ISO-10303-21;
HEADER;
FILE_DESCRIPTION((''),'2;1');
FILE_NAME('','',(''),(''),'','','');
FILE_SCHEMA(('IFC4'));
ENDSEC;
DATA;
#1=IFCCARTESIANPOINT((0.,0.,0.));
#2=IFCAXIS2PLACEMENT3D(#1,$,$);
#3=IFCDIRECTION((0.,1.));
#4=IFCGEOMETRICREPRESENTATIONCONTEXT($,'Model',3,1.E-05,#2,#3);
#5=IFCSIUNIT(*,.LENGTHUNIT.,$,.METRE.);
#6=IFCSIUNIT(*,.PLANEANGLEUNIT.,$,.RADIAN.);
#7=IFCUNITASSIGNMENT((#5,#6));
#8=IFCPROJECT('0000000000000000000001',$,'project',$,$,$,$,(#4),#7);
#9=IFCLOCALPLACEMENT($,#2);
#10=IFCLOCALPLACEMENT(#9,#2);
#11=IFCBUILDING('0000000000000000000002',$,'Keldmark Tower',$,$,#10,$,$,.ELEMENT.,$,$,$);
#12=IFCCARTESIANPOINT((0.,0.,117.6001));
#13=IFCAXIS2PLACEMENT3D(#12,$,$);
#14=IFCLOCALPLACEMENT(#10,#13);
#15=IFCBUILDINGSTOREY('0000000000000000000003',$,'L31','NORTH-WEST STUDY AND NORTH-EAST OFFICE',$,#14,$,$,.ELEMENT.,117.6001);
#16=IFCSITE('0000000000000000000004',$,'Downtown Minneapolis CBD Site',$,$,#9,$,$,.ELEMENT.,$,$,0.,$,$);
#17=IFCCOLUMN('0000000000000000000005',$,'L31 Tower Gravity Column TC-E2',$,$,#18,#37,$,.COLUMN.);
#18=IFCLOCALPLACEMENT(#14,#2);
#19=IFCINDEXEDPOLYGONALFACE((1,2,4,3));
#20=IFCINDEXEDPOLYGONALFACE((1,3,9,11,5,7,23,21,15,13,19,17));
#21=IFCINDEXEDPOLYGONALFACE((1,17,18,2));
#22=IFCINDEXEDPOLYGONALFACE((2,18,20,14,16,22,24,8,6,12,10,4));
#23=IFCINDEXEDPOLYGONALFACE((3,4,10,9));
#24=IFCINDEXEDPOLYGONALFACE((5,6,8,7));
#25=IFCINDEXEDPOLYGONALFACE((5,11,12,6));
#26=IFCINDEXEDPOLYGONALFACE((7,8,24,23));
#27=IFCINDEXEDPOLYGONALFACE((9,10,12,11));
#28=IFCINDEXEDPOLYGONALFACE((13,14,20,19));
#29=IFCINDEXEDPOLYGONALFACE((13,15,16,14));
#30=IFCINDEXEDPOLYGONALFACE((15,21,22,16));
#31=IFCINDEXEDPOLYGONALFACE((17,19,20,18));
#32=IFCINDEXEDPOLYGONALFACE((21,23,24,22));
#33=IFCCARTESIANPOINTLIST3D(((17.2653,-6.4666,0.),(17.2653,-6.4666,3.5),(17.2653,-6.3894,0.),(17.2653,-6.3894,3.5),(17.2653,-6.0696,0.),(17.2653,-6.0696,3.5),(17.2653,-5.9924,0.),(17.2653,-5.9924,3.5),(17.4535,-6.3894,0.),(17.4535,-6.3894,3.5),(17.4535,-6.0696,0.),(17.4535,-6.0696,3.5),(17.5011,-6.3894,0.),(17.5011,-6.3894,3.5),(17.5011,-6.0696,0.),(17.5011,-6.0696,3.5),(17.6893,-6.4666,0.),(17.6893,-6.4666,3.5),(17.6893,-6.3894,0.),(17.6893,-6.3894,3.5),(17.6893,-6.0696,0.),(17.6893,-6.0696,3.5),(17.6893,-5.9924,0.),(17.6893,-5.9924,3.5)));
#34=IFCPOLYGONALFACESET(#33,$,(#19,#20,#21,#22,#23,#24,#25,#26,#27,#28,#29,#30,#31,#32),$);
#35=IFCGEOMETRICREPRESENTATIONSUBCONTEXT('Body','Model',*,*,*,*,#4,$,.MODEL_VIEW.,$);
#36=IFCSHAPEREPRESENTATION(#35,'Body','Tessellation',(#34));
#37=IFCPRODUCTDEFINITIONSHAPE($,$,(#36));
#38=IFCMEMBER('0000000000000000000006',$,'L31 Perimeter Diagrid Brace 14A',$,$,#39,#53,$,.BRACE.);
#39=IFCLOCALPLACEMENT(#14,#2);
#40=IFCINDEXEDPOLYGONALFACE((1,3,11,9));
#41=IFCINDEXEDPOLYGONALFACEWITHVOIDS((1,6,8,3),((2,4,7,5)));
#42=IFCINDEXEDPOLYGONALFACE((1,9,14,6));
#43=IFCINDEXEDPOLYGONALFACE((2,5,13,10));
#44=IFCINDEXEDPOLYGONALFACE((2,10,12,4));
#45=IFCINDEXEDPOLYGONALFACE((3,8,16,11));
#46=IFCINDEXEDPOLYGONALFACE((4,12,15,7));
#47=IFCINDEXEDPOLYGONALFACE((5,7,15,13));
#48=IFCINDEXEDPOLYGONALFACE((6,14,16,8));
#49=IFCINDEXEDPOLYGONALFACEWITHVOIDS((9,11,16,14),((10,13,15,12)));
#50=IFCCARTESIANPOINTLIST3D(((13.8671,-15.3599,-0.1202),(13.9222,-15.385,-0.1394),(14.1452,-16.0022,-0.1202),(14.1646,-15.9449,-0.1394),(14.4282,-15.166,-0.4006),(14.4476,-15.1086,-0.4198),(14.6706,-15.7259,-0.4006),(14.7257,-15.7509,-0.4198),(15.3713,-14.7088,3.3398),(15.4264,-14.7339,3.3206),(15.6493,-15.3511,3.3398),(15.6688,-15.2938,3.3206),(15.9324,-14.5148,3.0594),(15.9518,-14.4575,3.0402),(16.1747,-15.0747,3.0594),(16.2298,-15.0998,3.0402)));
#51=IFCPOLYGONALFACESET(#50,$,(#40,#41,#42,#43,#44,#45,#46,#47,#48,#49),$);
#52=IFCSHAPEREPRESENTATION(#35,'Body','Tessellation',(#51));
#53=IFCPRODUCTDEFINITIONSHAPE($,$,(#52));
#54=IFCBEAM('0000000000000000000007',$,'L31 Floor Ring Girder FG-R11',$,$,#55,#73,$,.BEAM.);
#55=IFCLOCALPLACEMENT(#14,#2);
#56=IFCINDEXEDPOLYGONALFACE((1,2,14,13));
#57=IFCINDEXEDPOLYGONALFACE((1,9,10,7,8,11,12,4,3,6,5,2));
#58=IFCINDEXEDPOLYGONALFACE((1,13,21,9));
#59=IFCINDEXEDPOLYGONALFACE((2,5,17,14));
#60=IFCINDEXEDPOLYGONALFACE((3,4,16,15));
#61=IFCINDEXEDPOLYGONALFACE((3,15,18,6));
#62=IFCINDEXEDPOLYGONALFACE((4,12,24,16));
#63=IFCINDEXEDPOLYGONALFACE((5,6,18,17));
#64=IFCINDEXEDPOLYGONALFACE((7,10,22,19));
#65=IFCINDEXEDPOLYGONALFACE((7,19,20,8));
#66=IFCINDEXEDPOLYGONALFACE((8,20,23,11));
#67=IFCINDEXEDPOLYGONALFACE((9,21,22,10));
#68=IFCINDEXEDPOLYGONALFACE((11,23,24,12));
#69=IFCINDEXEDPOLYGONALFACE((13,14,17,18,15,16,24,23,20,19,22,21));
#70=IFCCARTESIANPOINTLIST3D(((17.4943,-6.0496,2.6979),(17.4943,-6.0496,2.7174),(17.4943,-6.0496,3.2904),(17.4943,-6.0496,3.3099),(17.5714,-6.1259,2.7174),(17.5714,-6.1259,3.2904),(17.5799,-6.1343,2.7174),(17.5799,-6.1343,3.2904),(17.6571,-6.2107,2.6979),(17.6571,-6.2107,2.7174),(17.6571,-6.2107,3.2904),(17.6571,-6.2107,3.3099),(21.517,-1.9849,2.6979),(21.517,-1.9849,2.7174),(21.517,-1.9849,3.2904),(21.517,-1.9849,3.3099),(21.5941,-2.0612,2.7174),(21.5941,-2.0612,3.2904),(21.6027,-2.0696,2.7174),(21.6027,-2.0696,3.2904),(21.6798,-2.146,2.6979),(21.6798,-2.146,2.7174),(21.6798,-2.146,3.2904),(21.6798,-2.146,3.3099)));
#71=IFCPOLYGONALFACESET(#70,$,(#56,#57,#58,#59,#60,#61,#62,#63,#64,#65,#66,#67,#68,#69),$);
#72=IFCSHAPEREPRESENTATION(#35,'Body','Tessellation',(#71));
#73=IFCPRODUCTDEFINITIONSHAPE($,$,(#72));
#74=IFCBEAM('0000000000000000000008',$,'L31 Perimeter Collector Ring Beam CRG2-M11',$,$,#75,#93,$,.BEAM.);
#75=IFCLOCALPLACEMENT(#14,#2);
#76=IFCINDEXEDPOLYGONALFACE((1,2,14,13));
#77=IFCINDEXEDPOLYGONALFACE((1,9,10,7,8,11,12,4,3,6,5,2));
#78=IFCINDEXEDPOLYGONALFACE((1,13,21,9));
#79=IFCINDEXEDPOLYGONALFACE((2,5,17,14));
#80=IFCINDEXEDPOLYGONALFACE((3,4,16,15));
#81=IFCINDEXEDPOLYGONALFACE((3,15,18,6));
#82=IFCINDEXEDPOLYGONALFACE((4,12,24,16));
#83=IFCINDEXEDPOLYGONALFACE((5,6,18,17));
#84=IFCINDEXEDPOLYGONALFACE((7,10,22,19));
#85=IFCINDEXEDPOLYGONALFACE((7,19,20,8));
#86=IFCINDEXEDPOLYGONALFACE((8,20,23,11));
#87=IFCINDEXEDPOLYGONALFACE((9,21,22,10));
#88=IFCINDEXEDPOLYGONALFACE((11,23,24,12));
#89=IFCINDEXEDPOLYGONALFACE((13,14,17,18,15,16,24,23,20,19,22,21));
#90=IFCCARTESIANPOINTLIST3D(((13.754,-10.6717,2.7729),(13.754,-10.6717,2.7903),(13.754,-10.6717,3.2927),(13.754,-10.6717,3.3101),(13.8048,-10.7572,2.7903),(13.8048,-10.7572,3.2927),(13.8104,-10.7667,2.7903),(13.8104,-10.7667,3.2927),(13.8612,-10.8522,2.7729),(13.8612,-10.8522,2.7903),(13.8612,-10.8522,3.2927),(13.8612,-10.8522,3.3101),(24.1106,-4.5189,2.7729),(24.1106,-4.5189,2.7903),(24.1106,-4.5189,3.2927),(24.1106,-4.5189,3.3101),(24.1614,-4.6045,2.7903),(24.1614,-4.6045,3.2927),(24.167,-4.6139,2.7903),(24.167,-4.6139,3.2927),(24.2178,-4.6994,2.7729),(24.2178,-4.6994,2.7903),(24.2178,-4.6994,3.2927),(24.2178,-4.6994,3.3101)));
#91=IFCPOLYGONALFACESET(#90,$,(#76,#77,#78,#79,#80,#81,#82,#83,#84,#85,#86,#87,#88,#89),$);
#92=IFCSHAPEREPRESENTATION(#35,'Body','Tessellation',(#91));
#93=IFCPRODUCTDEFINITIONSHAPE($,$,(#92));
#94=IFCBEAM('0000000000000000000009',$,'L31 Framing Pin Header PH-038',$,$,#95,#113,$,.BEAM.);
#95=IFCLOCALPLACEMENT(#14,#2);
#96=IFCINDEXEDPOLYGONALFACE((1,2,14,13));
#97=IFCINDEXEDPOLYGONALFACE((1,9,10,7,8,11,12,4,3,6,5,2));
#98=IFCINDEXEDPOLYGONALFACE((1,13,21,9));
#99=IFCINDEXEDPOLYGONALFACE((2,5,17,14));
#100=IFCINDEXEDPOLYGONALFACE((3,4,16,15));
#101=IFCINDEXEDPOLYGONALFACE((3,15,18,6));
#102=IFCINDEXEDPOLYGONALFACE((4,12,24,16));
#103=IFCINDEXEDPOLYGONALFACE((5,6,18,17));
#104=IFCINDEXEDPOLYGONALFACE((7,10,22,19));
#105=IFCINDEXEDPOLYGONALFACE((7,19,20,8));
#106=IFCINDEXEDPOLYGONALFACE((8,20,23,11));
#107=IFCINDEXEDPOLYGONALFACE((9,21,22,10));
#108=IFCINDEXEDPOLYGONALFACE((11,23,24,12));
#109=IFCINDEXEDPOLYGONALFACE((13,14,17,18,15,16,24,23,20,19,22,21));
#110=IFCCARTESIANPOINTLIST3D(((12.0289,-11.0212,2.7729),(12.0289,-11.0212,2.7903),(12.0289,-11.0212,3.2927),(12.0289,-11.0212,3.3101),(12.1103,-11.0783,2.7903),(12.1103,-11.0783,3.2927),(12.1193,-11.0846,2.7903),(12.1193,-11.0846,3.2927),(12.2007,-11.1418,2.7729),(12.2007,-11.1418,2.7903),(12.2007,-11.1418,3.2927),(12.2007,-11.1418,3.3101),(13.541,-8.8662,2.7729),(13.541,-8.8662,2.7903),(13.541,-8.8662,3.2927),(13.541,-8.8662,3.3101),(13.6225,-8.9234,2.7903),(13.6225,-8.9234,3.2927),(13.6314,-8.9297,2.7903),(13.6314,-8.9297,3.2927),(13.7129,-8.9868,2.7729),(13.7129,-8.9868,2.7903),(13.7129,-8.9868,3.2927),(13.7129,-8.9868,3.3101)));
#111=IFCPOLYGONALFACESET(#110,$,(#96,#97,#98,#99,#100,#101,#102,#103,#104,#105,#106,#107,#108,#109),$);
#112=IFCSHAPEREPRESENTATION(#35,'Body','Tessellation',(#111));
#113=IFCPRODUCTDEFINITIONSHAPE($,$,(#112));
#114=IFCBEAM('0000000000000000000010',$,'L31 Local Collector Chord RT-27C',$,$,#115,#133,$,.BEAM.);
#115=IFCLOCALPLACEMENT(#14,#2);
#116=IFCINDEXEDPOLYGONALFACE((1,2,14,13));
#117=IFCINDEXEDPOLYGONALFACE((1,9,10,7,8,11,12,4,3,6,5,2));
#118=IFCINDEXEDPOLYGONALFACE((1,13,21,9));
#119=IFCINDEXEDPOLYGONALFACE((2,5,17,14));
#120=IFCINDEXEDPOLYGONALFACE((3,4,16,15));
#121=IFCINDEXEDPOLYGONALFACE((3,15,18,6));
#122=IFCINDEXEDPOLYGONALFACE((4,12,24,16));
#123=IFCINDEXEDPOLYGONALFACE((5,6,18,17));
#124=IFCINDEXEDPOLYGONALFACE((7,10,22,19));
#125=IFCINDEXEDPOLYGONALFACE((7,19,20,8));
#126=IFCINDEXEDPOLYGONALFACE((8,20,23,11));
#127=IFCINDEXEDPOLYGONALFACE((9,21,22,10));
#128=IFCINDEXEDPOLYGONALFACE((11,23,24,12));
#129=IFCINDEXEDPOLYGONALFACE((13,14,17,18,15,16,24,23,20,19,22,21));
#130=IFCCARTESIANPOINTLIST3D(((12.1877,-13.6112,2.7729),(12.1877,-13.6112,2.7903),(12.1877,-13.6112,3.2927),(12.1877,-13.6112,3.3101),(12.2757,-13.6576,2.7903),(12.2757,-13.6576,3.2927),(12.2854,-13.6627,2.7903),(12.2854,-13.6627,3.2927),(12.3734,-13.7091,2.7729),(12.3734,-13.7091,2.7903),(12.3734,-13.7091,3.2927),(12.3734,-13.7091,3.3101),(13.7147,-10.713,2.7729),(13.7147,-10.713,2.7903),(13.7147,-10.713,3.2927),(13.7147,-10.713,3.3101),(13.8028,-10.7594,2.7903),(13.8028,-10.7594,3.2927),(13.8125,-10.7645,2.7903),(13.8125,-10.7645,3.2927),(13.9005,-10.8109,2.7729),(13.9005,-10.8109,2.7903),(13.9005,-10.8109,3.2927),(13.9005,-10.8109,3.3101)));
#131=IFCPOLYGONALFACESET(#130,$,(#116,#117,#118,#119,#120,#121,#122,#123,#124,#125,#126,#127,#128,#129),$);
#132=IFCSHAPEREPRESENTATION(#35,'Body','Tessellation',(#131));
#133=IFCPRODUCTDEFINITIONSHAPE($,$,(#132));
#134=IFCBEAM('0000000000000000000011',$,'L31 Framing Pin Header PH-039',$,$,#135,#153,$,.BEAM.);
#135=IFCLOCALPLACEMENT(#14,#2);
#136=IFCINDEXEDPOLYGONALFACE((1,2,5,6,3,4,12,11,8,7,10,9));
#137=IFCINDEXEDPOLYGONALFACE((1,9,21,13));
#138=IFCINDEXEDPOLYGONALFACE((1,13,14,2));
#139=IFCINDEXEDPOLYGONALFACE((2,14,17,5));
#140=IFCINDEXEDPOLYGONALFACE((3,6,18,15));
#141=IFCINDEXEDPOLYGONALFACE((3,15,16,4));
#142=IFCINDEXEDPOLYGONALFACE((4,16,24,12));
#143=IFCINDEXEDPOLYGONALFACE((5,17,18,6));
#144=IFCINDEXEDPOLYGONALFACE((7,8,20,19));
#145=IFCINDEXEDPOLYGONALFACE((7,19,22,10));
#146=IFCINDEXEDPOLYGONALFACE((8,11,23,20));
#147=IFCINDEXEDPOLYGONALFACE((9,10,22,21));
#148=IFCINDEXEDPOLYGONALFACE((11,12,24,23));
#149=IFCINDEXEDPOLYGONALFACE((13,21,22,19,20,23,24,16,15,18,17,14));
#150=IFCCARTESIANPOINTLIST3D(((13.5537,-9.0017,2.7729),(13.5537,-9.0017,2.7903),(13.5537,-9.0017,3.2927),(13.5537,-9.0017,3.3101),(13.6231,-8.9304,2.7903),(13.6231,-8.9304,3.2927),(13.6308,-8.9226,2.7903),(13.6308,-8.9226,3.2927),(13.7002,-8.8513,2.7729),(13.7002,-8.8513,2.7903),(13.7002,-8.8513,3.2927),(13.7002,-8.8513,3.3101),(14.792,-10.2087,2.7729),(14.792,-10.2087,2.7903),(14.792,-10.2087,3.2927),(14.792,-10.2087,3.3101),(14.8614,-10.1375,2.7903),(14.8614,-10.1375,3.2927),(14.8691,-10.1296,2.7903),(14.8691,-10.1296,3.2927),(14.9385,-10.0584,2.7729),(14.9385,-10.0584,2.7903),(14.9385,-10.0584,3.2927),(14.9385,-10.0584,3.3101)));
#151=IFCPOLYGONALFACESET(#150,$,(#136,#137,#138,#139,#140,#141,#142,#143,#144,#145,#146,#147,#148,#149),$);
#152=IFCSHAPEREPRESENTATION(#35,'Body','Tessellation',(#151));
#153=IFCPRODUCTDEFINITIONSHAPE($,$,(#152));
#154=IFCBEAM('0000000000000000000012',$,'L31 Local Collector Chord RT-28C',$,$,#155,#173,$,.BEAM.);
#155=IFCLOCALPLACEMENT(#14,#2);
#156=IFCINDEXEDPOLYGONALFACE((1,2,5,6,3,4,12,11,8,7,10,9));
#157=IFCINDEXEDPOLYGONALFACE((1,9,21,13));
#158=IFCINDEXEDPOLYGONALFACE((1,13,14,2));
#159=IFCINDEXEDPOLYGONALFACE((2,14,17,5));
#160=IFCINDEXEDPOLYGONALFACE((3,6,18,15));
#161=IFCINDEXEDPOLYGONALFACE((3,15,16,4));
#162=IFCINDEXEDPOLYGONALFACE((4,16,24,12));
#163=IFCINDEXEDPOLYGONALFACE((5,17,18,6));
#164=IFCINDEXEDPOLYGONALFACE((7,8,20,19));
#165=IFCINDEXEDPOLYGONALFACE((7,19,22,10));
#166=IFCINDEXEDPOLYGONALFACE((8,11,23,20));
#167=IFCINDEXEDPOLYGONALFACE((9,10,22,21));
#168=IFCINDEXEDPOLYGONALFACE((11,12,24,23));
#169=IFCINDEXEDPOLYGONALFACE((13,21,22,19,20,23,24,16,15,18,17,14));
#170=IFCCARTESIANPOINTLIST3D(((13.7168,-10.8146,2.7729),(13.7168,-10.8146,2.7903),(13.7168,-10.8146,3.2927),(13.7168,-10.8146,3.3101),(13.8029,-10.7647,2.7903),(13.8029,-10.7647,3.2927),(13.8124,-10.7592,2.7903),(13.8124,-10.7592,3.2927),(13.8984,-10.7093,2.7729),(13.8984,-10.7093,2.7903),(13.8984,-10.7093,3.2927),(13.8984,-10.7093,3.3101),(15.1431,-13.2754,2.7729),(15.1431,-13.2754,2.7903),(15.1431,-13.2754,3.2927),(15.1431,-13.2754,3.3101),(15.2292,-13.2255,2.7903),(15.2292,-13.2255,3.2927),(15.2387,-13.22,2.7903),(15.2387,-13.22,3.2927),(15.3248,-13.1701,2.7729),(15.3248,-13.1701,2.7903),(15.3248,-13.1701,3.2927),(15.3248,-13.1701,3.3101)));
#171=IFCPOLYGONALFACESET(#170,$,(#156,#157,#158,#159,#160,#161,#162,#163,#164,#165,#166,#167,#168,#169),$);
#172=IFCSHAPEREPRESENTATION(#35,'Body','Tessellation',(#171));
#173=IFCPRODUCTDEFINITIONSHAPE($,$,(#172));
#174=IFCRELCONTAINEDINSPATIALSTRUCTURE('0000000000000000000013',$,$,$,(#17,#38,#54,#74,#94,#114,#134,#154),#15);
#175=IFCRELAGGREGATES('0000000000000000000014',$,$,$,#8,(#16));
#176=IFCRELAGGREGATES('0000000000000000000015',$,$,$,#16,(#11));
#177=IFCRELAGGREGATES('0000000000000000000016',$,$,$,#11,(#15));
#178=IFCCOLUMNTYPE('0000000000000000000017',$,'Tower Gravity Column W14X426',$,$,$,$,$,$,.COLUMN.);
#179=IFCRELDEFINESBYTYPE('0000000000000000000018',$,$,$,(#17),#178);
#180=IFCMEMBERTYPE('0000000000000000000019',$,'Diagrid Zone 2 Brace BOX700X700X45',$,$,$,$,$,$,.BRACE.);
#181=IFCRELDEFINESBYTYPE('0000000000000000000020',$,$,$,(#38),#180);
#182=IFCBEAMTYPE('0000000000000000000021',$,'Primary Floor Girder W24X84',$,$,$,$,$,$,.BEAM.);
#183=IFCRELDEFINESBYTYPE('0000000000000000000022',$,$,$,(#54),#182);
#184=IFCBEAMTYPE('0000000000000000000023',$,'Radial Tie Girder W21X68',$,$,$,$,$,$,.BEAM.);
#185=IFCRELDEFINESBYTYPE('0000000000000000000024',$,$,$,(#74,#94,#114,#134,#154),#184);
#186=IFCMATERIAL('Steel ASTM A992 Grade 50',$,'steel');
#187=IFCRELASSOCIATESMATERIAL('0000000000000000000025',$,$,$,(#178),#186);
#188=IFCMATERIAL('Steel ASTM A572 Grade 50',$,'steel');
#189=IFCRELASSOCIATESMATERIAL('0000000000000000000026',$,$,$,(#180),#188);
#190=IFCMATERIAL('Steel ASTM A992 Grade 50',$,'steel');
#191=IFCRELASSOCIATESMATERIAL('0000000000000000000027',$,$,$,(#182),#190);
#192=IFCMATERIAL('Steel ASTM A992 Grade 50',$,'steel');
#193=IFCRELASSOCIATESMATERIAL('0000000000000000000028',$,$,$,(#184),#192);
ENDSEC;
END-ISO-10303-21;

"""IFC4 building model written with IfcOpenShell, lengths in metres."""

from ifc_helpers import new_model, si_unit, direction, frame, origin, origin_2d, place, context, subcontext, project, spatial, hollow_rectangle, i_section, extrude, material, material_profile, profile_set, type_object, element, save


model = new_model("IFC4")

# Units and contexts
model_context = context("Model", 3, precision=1e-05, world=origin(), true_north=direction((0.0, 1.0)))
body_context = subcontext(model_context, "Body", "Model", "MODEL_VIEW")
ifc_project = project(units=[si_unit("LENGTHUNIT", "METRE"), si_unit("PLANEANGLEUNIT", "RADIAN")], contexts=[model_context])

# Site, building, storey
site_placement = place(None, origin())
site = spatial("IfcSite", under=ifc_project, at=site_placement, Name="Downtown Minneapolis CBD Site", CompositionType="ELEMENT", RefElevation=0.0)
building_placement = place(site_placement, origin())
building = spatial("IfcBuilding", under=site, at=building_placement, Name="Keldmark Tower", CompositionType="ELEMENT")
storey_placement = place(building_placement, frame((0.0, 0.0, 117.6001)))
storey = spatial("IfcBuildingStorey", under=building, at=storey_placement, Name="L31", Description="NORTH-WEST STUDY AND NORTH-EAST OFFICE", CompositionType="ELEMENT", Elevation=117.6001)

# Column
ifc_material_1 = material(Name="Steel ASTM A992 Grade 50", Category="steel")
ifc_material_profile_1 = material_profile(ifc_material_1, i_section(OverallWidth=0.4241, OverallDepth=0.4741, WebThickness=0.0476, FlangeThickness=0.0771, at=origin_2d()), Name="W14X426")
ifc_profile_set_1 = profile_set([ifc_material_profile_1], Name="Steel ASTM A992 Grade 50")
column_type = type_object("IfcColumnType", Name="Tower Gravity Column W14X426", PredefinedType="COLUMN", material=ifc_profile_set_1)
column_placement = place(storey_placement, frame((17.4773, -6.2295, 0.0), z_axis=(0.0, 0.0, 1.0), x_axis=(1.0, 0.0, 0.0)))
element("IfcColumn", 1, at=column_placement, inside=storey, type_object=column_type, Name="L31 Tower Gravity Column TC-E2", PredefinedType="COLUMN", context=body_context, shape_type="SweptSolid", body=[
    extrude(i_section(OverallWidth=0.4241, OverallDepth=0.4741, WebThickness=0.0476, FlangeThickness=0.0771, at=origin_2d()), origin(), (0.0, 0.0, 1.0), 3.5),
])

# Member
ifc_material_2 = material(Name="Steel ASTM A572 Grade 50", Category="steel")
ifc_material_profile_2 = material_profile(ifc_material_2, hollow_rectangle(XDim=0.7, YDim=0.7, WallThickness=0.0449, at=origin_2d()), Name="BOX700X700X45")
ifc_profile_set_2 = profile_set([ifc_material_profile_2], Name="Steel ASTM A572 Grade 50")
member_type = type_object("IfcMemberType", Name="Diagrid Zone 2 Brace BOX700X700X45", PredefinedType="BRACE", material=ifc_profile_set_2)
member_placement = place(storey_placement, frame((14.2964, -15.5554, -0.27), z_axis=(0.392878, 0.170071, 0.903727), x_axis=(-0.39726, 0.917706, 0.0)))
element("IfcMember", 2, at=member_placement, inside=storey, type_object=member_type, Name="L31 Perimeter Diagrid Brace 14A", PredefinedType="BRACE", context=body_context, shape_type="SweptSolid", body=[
    extrude(hollow_rectangle(XDim=0.7, YDim=0.7, WallThickness=0.0449, at=origin_2d()), origin(), (0.0, 0.0, 1.0), 3.8286),
])

# Beams
ifc_material_3 = material(Name="Steel ASTM A992 Grade 50", Category="steel")
ifc_material_profile_3 = material_profile(ifc_material_3, i_section(OverallWidth=0.229, OverallDepth=0.6121, WebThickness=0.012, FlangeThickness=0.0195, at=origin_2d()), Name="W24X84")
ifc_profile_set_3 = profile_set([ifc_material_profile_3], Name="Steel ASTM A992 Grade 50")
beam_type_1 = type_object("IfcBeamType", Name="Primary Floor Girder W24X84", PredefinedType="BEAM", material=ifc_profile_set_3)
beam_1_placement = place(storey_placement, frame((17.5757, -6.1301, 3.0039), z_axis=(0.703426, 0.710769, 0.0), x_axis=(-0.710769, 0.703426, 0.0)))
element("IfcBeam", 3, at=beam_1_placement, inside=storey, type_object=beam_type_1, Name="L31 Floor Ring Girder FG-R11", PredefinedType="BEAM", context=body_context, shape_type="SweptSolid", body=[
    extrude(i_section(OverallWidth=0.229, OverallDepth=0.6121, WebThickness=0.012, FlangeThickness=0.0195, at=origin_2d()), origin(), (0.0, 0.0, 1.0), 5.7188),
])
ifc_material_4 = material(Name="Steel ASTM A992 Grade 50", Category="steel")
ifc_material_profile_4 = material_profile(ifc_material_4, i_section(OverallWidth=0.21, OverallDepth=0.5371, WebThickness=0.011, FlangeThickness=0.0173, at=origin_2d()), Name="W21X68")
ifc_profile_set_4 = profile_set([ifc_material_profile_4], Name="Steel ASTM A992 Grade 50")
beam_type_2 = type_object("IfcBeamType", Name="Radial Tie Girder W21X68", PredefinedType="BEAM", material=ifc_profile_set_4)
beam_2_placement = place(storey_placement, frame((13.8076, -10.762, 3.0415), z_axis=(0.859725, 0.510756, 0.0), x_axis=(-0.510756, 0.859725, 0.0)))
element("IfcBeam", 4, at=beam_2_placement, inside=storey, type_object=beam_type_2, Name="L31 Perimeter Collector Ring Beam CRG2-M11", PredefinedType="BEAM", context=body_context, shape_type="SweptSolid", body=[
    extrude(i_section(OverallWidth=0.21, OverallDepth=0.5371, WebThickness=0.011, FlangeThickness=0.0173, at=origin_2d()), origin(), (0.0, 0.0, 1.0), 12.0464),
])
beam_3_placement = place(storey_placement, frame((13.627, -8.9265, 3.0415), z_axis=(-0.574402, -0.818574, 0.0), x_axis=(0.818574, -0.574402, 0.0)))
element("IfcBeam", 5, at=beam_3_placement, inside=storey, type_object=beam_type_2, Name="L31 Framing Pin Header PH-038", PredefinedType="BEAM", context=body_context, shape_type="SweptSolid", body=[
    extrude(i_section(OverallWidth=0.21, OverallDepth=0.5371, WebThickness=0.011, FlangeThickness=0.0173, at=origin_2d()), origin(), (0.0, 0.0, 1.0), 2.6326),
])
beam_4_placement = place(storey_placement, frame((13.8076, -10.762, 3.0415), z_axis=(-0.466161, -0.8847, 0.0), x_axis=(0.8847, -0.466161, 0.0)))
element("IfcBeam", 6, at=beam_4_placement, inside=storey, type_object=beam_type_2, Name="L31 Local Collector Chord RT-27C", PredefinedType="BEAM", context=body_context, shape_type="SweptSolid", body=[
    extrude(i_section(OverallWidth=0.21, OverallDepth=0.5371, WebThickness=0.011, FlangeThickness=0.0173, at=origin_2d()), origin(), (0.0, 0.0, 1.0), 3.2759),
])
beam_5_placement = place(storey_placement, frame((13.627, -8.9265, 3.0415), z_axis=(0.716085, -0.698013, 0.0), x_axis=(0.698013, 0.716085, 0.0)))
element("IfcBeam", 7, at=beam_5_placement, inside=storey, type_object=beam_type_2, Name="L31 Framing Pin Header PH-039", PredefinedType="BEAM", context=body_context, shape_type="SweptSolid", body=[
    extrude(i_section(OverallWidth=0.21, OverallDepth=0.5371, WebThickness=0.011, FlangeThickness=0.0173, at=origin_2d()), origin(), (0.0, 0.0, 1.0), 1.7292),
])
beam_6_placement = place(storey_placement, frame((13.8076, -10.762, 3.0415), z_axis=(0.501473, -0.865173, 0.0), x_axis=(0.865173, 0.501473, 0.0)))
element("IfcBeam", 8, at=beam_6_placement, inside=storey, type_object=beam_type_2, Name="L31 Local Collector Chord RT-28C", PredefinedType="BEAM", context=body_context, shape_type="SweptSolid", body=[
    extrude(i_section(OverallWidth=0.21, OverallDepth=0.5371, WebThickness=0.011, FlangeThickness=0.0173, at=origin_2d()), origin(), (0.0, 0.0, 1.0), 2.8442),
])

save(model, "model.ifc")
